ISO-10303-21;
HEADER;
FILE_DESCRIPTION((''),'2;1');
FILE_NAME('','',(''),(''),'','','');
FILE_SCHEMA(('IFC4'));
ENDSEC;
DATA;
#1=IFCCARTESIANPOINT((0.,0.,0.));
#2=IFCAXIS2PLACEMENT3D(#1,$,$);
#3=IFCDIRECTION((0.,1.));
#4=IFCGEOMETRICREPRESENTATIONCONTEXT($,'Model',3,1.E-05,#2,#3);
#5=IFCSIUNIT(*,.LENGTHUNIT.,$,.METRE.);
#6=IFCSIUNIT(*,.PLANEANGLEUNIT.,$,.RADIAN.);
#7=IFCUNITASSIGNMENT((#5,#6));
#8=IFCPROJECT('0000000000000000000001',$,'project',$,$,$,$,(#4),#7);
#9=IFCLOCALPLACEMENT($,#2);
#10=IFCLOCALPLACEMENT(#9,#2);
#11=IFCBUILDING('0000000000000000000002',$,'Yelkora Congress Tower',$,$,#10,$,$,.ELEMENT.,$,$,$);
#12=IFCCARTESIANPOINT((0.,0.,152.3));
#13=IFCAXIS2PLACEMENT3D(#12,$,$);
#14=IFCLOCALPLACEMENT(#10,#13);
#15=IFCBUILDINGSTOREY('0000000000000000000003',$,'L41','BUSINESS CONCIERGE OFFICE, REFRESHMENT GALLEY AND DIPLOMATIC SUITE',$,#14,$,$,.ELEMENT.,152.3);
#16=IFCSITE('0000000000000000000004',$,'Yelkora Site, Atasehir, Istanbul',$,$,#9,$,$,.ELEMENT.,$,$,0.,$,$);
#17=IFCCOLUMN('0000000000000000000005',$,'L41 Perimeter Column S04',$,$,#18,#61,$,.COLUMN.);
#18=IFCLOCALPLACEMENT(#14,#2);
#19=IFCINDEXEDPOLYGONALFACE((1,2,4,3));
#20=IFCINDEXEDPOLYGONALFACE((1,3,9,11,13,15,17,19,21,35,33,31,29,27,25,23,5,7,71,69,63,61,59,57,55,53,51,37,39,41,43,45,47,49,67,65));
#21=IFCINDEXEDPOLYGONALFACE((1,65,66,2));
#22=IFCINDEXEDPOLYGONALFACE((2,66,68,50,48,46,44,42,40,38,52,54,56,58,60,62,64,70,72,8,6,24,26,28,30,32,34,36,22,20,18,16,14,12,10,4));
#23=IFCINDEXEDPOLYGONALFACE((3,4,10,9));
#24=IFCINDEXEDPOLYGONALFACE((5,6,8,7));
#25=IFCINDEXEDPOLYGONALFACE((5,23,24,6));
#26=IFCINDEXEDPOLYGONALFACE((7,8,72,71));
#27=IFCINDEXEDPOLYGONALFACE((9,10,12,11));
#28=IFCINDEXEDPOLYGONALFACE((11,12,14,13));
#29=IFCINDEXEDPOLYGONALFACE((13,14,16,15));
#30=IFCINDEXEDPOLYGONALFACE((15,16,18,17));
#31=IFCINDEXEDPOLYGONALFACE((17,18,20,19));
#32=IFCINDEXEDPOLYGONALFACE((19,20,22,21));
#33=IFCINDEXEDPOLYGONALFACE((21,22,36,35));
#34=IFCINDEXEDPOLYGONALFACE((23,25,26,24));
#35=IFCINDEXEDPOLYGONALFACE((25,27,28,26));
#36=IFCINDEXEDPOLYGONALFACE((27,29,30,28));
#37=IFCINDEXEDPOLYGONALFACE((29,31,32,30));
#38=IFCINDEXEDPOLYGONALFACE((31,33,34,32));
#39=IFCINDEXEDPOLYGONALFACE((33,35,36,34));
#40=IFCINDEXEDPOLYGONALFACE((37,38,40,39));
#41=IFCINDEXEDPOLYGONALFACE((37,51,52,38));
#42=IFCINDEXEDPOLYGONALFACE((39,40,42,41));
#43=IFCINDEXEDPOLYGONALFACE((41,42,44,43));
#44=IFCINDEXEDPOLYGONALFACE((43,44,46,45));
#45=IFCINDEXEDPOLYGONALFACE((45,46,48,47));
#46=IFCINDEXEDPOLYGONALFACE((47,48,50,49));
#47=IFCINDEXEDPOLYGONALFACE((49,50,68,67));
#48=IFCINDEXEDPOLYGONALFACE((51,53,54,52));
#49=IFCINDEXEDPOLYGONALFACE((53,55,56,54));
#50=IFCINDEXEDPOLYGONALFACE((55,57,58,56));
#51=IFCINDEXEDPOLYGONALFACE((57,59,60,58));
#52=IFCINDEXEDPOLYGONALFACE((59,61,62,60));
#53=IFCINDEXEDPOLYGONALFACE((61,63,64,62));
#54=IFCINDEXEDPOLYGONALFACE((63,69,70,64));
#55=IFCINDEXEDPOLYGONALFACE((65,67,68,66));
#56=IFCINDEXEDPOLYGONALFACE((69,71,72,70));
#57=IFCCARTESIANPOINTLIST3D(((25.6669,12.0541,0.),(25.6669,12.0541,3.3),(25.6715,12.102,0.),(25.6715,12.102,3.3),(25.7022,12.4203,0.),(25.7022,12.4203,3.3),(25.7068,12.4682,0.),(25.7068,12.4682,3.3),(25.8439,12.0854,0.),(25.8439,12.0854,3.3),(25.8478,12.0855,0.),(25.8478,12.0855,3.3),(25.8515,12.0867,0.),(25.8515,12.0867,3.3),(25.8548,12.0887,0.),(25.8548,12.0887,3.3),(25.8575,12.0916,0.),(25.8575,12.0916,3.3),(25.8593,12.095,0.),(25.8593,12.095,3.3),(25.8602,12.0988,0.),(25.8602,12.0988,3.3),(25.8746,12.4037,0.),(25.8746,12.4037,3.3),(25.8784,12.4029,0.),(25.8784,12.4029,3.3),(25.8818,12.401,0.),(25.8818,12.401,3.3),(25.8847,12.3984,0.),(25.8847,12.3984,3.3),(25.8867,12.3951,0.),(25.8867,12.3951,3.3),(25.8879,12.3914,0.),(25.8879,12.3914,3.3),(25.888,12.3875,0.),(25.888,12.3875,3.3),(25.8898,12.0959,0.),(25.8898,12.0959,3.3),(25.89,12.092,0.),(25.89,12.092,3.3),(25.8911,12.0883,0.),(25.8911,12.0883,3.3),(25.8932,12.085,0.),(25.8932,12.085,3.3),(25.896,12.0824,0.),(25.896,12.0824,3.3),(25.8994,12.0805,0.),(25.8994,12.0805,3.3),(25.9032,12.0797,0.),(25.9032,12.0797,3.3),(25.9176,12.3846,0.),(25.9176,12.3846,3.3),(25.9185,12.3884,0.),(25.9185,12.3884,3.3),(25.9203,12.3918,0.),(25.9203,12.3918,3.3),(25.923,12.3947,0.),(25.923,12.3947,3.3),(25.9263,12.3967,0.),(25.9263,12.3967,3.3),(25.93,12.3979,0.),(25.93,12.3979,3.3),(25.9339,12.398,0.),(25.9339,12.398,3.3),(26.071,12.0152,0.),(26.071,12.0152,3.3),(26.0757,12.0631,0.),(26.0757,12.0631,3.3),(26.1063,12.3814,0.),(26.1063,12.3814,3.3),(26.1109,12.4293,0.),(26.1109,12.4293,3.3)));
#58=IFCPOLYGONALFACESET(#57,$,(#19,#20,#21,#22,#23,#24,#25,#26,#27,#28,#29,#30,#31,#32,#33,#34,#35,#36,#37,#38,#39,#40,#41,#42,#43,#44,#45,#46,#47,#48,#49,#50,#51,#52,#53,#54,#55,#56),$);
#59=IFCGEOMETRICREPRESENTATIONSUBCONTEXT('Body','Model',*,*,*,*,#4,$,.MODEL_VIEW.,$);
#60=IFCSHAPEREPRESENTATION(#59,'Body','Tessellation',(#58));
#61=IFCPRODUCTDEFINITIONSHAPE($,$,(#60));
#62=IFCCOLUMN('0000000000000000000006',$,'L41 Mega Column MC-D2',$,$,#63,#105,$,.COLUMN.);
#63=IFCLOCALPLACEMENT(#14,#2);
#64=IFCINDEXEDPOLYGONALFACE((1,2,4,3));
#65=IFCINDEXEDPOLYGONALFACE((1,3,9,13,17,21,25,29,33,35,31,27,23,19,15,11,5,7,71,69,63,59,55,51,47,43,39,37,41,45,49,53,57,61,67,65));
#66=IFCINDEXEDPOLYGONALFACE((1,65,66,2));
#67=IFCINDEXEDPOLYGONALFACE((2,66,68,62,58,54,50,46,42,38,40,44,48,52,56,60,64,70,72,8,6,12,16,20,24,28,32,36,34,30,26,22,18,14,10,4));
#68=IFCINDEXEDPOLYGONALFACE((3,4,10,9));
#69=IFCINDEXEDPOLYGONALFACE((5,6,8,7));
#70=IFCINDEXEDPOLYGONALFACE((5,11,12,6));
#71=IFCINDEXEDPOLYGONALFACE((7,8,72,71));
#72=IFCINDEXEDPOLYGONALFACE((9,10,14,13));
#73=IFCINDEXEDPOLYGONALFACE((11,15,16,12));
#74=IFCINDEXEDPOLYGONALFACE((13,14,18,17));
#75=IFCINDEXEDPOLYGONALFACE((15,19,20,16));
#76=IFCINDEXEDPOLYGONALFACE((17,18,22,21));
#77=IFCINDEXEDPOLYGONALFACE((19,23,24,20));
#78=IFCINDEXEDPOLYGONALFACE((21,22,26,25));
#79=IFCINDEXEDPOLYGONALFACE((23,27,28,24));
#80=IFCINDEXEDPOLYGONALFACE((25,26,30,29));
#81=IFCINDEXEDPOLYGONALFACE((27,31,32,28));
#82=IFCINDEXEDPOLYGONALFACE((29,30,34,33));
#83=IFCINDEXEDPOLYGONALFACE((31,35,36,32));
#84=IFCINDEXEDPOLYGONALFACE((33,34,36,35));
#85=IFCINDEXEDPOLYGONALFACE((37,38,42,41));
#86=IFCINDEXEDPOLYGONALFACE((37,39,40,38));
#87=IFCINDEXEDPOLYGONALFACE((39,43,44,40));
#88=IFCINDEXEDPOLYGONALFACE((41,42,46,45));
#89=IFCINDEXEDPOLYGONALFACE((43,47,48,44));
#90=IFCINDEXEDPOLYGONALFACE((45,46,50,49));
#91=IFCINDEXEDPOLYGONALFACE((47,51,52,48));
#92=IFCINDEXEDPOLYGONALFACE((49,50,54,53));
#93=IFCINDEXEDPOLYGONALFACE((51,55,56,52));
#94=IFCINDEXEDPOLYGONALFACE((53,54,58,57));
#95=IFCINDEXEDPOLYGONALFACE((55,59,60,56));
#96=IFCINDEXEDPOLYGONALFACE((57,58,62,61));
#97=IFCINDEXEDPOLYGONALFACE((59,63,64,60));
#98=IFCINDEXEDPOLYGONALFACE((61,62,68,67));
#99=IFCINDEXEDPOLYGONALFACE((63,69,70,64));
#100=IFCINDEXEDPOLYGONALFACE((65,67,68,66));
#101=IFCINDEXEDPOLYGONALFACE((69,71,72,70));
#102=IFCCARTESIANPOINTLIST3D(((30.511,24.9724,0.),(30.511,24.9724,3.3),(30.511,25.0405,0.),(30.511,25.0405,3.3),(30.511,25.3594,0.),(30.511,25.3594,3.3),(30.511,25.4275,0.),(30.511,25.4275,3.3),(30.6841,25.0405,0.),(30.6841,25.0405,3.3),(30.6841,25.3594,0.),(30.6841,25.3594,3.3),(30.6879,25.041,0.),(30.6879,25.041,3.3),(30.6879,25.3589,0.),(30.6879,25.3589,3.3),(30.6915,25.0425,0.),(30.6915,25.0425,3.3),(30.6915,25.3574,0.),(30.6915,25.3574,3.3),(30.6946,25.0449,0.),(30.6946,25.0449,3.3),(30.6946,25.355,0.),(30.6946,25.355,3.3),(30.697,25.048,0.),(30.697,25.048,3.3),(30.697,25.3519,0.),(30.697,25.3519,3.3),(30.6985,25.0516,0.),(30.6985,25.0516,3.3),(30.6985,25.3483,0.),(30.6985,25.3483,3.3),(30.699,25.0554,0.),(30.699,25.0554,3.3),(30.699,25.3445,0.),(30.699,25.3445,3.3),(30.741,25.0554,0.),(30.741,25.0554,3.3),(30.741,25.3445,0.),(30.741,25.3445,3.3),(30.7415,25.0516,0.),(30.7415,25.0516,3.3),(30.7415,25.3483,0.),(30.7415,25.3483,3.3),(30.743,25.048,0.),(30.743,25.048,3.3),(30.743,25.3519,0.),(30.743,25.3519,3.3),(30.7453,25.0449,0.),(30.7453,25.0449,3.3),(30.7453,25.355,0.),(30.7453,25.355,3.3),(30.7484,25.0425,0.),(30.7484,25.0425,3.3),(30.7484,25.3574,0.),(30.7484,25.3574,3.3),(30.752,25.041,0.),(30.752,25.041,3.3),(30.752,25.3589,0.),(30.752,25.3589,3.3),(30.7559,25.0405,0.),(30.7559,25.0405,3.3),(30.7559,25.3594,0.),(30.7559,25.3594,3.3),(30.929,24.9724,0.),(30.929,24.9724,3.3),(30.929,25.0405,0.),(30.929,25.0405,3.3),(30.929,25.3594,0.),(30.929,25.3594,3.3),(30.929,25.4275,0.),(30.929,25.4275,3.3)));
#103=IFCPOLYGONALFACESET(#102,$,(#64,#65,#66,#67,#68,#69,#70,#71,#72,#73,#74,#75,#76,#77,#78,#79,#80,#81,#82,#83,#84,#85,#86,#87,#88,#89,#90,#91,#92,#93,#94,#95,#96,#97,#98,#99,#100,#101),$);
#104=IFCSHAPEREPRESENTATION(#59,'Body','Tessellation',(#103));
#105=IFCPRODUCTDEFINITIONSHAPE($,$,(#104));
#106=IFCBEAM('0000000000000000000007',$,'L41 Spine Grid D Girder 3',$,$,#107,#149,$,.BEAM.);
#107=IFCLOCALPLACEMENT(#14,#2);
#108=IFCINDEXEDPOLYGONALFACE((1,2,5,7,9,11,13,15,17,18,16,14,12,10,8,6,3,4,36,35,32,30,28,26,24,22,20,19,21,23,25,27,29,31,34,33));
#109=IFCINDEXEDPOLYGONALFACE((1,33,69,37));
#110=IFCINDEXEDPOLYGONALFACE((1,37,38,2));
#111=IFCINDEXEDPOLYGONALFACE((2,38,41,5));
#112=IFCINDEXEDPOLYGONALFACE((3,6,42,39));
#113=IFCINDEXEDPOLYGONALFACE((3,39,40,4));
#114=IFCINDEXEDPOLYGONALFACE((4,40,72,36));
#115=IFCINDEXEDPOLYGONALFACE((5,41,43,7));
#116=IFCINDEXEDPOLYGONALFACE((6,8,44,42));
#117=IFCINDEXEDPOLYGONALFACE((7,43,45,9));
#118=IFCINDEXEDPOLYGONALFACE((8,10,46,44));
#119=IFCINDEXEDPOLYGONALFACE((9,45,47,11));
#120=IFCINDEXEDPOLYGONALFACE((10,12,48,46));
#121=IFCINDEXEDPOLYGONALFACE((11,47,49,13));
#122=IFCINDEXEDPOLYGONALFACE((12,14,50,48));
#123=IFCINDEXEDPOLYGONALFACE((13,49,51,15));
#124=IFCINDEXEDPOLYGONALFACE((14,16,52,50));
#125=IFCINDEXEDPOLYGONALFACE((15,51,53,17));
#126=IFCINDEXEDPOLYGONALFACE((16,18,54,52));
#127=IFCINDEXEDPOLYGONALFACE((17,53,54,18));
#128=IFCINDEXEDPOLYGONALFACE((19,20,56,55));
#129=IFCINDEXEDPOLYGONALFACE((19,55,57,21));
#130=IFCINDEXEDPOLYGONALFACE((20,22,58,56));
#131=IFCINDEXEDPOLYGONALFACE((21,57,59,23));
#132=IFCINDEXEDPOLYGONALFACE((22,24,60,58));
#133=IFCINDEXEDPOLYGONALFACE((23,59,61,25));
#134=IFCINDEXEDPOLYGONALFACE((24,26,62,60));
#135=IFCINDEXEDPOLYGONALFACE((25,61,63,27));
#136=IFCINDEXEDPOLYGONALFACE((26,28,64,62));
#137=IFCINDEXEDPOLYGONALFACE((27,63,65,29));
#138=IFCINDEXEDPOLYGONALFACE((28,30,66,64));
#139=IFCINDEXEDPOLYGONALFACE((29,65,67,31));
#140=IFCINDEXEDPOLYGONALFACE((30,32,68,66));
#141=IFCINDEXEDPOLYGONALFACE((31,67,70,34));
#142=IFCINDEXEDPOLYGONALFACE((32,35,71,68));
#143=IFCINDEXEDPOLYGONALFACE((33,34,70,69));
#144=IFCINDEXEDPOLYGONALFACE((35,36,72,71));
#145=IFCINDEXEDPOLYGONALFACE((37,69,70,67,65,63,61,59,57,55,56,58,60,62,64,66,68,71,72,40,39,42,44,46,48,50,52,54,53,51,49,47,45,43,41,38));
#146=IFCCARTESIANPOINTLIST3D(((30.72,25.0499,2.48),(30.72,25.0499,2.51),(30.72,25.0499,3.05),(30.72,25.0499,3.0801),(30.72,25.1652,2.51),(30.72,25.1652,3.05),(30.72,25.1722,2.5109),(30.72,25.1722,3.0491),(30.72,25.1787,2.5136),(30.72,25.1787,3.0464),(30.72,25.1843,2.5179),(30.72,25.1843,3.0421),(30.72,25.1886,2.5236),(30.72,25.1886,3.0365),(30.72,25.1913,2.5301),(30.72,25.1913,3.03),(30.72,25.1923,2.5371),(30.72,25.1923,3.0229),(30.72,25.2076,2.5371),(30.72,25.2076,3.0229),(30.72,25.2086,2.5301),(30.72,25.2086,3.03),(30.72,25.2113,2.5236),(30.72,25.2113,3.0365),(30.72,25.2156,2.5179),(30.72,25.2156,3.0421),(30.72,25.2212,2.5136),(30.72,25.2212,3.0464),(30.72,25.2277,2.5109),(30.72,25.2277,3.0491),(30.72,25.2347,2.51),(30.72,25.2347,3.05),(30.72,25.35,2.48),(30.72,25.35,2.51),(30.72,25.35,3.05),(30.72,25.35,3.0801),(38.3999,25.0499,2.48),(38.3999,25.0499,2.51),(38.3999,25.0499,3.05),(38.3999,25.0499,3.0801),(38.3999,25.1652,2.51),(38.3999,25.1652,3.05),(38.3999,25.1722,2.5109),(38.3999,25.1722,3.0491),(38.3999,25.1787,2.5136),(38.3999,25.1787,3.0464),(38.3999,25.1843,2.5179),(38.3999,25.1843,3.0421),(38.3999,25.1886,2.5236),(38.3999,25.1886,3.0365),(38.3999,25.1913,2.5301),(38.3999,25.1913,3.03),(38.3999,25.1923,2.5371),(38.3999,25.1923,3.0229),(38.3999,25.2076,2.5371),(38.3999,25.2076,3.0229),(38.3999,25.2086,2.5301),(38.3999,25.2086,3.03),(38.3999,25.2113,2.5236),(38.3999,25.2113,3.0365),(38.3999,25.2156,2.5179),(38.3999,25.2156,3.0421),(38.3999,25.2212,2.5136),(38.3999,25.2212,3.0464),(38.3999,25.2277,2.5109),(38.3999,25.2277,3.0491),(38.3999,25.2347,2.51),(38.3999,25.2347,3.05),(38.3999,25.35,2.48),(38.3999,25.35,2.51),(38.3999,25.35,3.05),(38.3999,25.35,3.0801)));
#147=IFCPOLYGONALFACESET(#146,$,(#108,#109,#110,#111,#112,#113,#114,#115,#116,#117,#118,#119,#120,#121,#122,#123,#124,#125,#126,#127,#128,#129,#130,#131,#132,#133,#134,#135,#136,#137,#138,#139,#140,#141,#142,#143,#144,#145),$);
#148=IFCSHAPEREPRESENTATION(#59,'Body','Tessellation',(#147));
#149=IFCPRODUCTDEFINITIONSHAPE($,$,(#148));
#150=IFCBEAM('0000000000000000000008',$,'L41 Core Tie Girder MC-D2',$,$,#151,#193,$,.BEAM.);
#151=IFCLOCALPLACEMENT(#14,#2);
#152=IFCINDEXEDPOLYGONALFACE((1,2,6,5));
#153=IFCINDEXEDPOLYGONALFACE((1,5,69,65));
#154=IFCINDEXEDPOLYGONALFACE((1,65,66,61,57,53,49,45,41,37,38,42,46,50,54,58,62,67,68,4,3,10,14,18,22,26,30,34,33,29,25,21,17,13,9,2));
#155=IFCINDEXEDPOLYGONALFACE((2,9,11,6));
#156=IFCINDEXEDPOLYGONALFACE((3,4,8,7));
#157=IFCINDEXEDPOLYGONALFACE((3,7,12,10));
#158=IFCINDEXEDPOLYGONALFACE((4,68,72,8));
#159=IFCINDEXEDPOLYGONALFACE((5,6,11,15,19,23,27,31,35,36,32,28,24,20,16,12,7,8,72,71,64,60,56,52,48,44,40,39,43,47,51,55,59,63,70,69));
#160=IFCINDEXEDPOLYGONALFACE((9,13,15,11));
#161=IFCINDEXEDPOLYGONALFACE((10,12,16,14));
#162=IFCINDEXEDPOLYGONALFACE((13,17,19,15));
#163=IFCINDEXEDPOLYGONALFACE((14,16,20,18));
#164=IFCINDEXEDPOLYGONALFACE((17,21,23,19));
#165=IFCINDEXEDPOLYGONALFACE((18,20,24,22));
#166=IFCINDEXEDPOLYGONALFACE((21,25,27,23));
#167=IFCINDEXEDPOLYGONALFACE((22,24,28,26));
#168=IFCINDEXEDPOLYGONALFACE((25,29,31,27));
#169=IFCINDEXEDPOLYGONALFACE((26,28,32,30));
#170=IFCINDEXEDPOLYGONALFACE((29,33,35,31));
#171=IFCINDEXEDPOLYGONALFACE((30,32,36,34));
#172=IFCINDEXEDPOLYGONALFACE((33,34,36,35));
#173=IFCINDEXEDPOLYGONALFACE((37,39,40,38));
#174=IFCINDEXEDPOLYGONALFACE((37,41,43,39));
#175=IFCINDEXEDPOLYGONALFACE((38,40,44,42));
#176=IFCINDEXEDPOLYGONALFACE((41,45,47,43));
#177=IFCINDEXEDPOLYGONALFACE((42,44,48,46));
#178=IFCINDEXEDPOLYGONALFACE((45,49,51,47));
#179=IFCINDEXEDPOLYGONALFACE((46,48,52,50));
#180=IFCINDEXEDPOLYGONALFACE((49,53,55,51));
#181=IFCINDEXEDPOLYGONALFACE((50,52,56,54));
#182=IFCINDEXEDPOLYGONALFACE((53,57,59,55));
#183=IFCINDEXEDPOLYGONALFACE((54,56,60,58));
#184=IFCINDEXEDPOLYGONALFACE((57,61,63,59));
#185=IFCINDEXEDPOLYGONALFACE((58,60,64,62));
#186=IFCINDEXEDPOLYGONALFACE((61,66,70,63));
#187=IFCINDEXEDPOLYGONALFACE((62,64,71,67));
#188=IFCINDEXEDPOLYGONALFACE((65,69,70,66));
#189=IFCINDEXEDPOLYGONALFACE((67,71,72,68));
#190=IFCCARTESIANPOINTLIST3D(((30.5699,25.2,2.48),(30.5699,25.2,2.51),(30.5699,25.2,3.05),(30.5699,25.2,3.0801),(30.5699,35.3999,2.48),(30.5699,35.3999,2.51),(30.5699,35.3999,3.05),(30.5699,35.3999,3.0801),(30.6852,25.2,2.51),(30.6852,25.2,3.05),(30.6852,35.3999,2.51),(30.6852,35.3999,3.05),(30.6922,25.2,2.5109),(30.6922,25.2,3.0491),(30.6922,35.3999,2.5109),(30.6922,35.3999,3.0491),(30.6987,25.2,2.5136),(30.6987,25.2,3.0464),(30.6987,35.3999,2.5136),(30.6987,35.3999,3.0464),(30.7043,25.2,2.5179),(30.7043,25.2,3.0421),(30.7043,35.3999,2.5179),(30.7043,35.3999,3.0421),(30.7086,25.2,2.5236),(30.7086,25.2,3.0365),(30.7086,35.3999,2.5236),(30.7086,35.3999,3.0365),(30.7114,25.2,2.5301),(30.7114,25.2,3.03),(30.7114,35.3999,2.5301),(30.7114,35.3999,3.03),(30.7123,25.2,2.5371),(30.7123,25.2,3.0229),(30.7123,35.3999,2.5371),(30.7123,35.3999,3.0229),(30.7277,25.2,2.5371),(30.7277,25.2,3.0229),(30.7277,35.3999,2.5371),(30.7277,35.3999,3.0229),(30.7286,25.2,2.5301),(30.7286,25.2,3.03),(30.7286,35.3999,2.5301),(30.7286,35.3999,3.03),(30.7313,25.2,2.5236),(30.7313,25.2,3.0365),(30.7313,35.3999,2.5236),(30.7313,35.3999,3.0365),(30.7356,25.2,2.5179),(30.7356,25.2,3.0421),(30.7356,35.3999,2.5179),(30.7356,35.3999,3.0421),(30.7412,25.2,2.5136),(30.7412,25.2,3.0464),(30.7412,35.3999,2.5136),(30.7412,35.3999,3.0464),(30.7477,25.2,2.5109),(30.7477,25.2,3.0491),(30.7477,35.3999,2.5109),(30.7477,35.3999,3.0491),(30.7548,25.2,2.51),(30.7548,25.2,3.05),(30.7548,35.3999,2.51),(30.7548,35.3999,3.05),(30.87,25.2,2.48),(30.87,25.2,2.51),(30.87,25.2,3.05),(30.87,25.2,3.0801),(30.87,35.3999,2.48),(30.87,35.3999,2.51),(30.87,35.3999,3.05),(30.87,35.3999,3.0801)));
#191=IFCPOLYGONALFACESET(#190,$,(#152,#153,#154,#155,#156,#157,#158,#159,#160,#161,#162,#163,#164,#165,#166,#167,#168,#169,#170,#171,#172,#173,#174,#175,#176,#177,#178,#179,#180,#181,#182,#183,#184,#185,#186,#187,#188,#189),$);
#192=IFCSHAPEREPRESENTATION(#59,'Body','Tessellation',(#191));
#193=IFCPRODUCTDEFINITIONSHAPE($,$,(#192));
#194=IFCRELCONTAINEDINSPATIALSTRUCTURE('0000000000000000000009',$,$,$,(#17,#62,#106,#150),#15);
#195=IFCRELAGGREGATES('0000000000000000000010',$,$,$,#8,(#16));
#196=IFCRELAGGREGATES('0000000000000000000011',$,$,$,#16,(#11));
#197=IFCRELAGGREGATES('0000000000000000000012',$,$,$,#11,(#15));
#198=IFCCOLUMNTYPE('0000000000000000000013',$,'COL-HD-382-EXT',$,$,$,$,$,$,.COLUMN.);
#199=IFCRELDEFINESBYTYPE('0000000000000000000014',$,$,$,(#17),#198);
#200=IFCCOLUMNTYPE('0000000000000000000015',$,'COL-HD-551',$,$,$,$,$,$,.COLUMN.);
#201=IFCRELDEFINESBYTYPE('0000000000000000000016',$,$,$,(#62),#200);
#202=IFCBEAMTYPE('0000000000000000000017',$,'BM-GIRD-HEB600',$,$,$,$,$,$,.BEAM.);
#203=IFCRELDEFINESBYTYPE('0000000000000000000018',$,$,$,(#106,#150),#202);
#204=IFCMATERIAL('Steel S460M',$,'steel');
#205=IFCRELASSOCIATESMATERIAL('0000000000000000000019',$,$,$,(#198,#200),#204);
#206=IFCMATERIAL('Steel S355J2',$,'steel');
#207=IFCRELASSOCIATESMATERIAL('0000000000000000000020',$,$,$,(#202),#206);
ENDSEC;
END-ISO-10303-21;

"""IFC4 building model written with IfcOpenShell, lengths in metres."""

from ifc_helpers import new_model, si_unit, direction, frame, origin, origin_2d, place, context, subcontext, project, spatial, i_section, extrude, material, material_profile, profile_set, type_object, element, save


model = new_model("IFC4")

# Units and contexts
model_context = context("Model", 3, precision=1e-05, world=origin(), true_north=direction((0.0, 1.0)))
body_context = subcontext(model_context, "Body", "Model", "MODEL_VIEW")
ifc_project = project(units=[si_unit("LENGTHUNIT", "METRE"), si_unit("PLANEANGLEUNIT", "RADIAN")], contexts=[model_context])

# Site, building, storey
site_placement = place(None, origin())
site = spatial("IfcSite", under=ifc_project, at=site_placement, Name="Yelkora Site, Atasehir, Istanbul", CompositionType="ELEMENT", RefElevation=0.0)
building_placement = place(site_placement, origin())
building = spatial("IfcBuilding", under=site, at=building_placement, Name="Yelkora Congress Tower", CompositionType="ELEMENT")
storey_placement = place(building_placement, frame((0.0, 0.0, 152.3)))
storey = spatial("IfcBuildingStorey", under=building, at=storey_placement, Name="L41", Description="BUSINESS CONCIERGE OFFICE, REFRESHMENT GALLEY AND DIPLOMATIC SUITE", CompositionType="ELEMENT", Elevation=152.3)

# Columns
ifc_material_1 = material(Name="Steel S460M", Category="steel")
ifc_material_profile_1 = material_profile(ifc_material_1, i_section(OverallWidth=0.406, OverallDepth=0.416, WebThickness=0.0298, FlangeThickness=0.0481, FilletRadius=0.0149, at=origin_2d()), Name="HD 400x382")
ifc_profile_set_1 = profile_set([ifc_material_profile_1], Name="Steel S460M")
column_type_1 = type_object("IfcColumnType", Name="COL-HD-382-EXT", PredefinedType="COLUMN", material=ifc_profile_set_1)
column_1_placement = place(storey_placement, frame((25.8889, 12.2417, 0.0), z_axis=(0.0, 0.0, 1.0), x_axis=(0.995396, -0.095846, 0.0)))
element("IfcColumn", 1, at=column_1_placement, inside=storey, type_object=column_type_1, Name="L41 Perimeter Column S04", PredefinedType="COLUMN", context=body_context, shape_type="SweptSolid", body=[
    extrude(i_section(OverallWidth=0.406, OverallDepth=0.416, WebThickness=0.0298, FlangeThickness=0.0481, FilletRadius=0.0149, at=origin_2d()), origin(), (0.0, 0.0, 1.0), 3.3),
])
ifc_material_profile_2 = material_profile(ifc_material_1, i_section(OverallWidth=0.418, OverallDepth=0.4551, WebThickness=0.042, FlangeThickness=0.0681, FilletRadius=0.0149, at=origin_2d()), Name="HD 400x551")
ifc_profile_set_2 = profile_set([ifc_material_profile_2], Name="Steel S460M")
column_type_2 = type_object("IfcColumnType", Name="COL-HD-551", PredefinedType="COLUMN", material=ifc_profile_set_2)
column_2_placement = place(storey_placement, frame((30.72, 25.2, 0.0), z_axis=(0.0, 0.0, 1.0), x_axis=(1.0, 0.0, 0.0)))
element("IfcColumn", 2, at=column_2_placement, inside=storey, type_object=column_type_2, Name="L41 Mega Column MC-D2", PredefinedType="COLUMN", context=body_context, shape_type="SweptSolid", body=[
    extrude(i_section(OverallWidth=0.418, OverallDepth=0.4551, WebThickness=0.042, FlangeThickness=0.0681, FilletRadius=0.0149, at=origin_2d()), origin(), (0.0, 0.0, 1.0), 3.3),
])

# Beams
ifc_material_2 = material(Name="Steel S355J2", Category="steel")
ifc_material_profile_3 = material_profile(ifc_material_2, i_section(OverallWidth=0.3, OverallDepth=0.6001, WebThickness=0.0154, FlangeThickness=0.03, FilletRadius=0.0271, at=origin_2d()), Name="HEB 600")
ifc_profile_set_3 = profile_set([ifc_material_profile_3], Name="Steel S355J2")
beam_type_1 = type_object("IfcBeamType", Name="BM-GIRD-HEB600", PredefinedType="BEAM", material=ifc_profile_set_3)
beam_1_placement = place(storey_placement, frame((30.72, 25.2, 2.78), z_axis=(1.0, 0.0, 0.0), x_axis=(0.0, 1.0, 0.0)))
element("IfcBeam", 3, at=beam_1_placement, inside=storey, type_object=beam_type_1, Name="L41 Spine Grid D Girder 3", PredefinedType="BEAM", context=body_context, shape_type="SweptSolid", body=[
    extrude(i_section(OverallWidth=0.3, OverallDepth=0.6001, WebThickness=0.0154, FlangeThickness=0.03, FilletRadius=0.0271, at=origin_2d()), origin(), (0.0, 0.0, 1.0), 7.6799),
])
beam_2_placement = place(storey_placement, frame((30.72, 25.2, 2.78), z_axis=(0.0, 1.0, 0.0), x_axis=(-1.0, 0.0, 0.0)))
element("IfcBeam", 4, at=beam_2_placement, inside=storey, type_object=beam_type_1, Name="L41 Core Tie Girder MC-D2", PredefinedType="BEAM", context=body_context, shape_type="SweptSolid", body=[
    extrude(i_section(OverallWidth=0.3, OverallDepth=0.6001, WebThickness=0.0154, FlangeThickness=0.03, FilletRadius=0.0271, at=origin_2d()), origin(), (0.0, 0.0, 1.0), 10.2),
])

save(model, "model.ifc")
